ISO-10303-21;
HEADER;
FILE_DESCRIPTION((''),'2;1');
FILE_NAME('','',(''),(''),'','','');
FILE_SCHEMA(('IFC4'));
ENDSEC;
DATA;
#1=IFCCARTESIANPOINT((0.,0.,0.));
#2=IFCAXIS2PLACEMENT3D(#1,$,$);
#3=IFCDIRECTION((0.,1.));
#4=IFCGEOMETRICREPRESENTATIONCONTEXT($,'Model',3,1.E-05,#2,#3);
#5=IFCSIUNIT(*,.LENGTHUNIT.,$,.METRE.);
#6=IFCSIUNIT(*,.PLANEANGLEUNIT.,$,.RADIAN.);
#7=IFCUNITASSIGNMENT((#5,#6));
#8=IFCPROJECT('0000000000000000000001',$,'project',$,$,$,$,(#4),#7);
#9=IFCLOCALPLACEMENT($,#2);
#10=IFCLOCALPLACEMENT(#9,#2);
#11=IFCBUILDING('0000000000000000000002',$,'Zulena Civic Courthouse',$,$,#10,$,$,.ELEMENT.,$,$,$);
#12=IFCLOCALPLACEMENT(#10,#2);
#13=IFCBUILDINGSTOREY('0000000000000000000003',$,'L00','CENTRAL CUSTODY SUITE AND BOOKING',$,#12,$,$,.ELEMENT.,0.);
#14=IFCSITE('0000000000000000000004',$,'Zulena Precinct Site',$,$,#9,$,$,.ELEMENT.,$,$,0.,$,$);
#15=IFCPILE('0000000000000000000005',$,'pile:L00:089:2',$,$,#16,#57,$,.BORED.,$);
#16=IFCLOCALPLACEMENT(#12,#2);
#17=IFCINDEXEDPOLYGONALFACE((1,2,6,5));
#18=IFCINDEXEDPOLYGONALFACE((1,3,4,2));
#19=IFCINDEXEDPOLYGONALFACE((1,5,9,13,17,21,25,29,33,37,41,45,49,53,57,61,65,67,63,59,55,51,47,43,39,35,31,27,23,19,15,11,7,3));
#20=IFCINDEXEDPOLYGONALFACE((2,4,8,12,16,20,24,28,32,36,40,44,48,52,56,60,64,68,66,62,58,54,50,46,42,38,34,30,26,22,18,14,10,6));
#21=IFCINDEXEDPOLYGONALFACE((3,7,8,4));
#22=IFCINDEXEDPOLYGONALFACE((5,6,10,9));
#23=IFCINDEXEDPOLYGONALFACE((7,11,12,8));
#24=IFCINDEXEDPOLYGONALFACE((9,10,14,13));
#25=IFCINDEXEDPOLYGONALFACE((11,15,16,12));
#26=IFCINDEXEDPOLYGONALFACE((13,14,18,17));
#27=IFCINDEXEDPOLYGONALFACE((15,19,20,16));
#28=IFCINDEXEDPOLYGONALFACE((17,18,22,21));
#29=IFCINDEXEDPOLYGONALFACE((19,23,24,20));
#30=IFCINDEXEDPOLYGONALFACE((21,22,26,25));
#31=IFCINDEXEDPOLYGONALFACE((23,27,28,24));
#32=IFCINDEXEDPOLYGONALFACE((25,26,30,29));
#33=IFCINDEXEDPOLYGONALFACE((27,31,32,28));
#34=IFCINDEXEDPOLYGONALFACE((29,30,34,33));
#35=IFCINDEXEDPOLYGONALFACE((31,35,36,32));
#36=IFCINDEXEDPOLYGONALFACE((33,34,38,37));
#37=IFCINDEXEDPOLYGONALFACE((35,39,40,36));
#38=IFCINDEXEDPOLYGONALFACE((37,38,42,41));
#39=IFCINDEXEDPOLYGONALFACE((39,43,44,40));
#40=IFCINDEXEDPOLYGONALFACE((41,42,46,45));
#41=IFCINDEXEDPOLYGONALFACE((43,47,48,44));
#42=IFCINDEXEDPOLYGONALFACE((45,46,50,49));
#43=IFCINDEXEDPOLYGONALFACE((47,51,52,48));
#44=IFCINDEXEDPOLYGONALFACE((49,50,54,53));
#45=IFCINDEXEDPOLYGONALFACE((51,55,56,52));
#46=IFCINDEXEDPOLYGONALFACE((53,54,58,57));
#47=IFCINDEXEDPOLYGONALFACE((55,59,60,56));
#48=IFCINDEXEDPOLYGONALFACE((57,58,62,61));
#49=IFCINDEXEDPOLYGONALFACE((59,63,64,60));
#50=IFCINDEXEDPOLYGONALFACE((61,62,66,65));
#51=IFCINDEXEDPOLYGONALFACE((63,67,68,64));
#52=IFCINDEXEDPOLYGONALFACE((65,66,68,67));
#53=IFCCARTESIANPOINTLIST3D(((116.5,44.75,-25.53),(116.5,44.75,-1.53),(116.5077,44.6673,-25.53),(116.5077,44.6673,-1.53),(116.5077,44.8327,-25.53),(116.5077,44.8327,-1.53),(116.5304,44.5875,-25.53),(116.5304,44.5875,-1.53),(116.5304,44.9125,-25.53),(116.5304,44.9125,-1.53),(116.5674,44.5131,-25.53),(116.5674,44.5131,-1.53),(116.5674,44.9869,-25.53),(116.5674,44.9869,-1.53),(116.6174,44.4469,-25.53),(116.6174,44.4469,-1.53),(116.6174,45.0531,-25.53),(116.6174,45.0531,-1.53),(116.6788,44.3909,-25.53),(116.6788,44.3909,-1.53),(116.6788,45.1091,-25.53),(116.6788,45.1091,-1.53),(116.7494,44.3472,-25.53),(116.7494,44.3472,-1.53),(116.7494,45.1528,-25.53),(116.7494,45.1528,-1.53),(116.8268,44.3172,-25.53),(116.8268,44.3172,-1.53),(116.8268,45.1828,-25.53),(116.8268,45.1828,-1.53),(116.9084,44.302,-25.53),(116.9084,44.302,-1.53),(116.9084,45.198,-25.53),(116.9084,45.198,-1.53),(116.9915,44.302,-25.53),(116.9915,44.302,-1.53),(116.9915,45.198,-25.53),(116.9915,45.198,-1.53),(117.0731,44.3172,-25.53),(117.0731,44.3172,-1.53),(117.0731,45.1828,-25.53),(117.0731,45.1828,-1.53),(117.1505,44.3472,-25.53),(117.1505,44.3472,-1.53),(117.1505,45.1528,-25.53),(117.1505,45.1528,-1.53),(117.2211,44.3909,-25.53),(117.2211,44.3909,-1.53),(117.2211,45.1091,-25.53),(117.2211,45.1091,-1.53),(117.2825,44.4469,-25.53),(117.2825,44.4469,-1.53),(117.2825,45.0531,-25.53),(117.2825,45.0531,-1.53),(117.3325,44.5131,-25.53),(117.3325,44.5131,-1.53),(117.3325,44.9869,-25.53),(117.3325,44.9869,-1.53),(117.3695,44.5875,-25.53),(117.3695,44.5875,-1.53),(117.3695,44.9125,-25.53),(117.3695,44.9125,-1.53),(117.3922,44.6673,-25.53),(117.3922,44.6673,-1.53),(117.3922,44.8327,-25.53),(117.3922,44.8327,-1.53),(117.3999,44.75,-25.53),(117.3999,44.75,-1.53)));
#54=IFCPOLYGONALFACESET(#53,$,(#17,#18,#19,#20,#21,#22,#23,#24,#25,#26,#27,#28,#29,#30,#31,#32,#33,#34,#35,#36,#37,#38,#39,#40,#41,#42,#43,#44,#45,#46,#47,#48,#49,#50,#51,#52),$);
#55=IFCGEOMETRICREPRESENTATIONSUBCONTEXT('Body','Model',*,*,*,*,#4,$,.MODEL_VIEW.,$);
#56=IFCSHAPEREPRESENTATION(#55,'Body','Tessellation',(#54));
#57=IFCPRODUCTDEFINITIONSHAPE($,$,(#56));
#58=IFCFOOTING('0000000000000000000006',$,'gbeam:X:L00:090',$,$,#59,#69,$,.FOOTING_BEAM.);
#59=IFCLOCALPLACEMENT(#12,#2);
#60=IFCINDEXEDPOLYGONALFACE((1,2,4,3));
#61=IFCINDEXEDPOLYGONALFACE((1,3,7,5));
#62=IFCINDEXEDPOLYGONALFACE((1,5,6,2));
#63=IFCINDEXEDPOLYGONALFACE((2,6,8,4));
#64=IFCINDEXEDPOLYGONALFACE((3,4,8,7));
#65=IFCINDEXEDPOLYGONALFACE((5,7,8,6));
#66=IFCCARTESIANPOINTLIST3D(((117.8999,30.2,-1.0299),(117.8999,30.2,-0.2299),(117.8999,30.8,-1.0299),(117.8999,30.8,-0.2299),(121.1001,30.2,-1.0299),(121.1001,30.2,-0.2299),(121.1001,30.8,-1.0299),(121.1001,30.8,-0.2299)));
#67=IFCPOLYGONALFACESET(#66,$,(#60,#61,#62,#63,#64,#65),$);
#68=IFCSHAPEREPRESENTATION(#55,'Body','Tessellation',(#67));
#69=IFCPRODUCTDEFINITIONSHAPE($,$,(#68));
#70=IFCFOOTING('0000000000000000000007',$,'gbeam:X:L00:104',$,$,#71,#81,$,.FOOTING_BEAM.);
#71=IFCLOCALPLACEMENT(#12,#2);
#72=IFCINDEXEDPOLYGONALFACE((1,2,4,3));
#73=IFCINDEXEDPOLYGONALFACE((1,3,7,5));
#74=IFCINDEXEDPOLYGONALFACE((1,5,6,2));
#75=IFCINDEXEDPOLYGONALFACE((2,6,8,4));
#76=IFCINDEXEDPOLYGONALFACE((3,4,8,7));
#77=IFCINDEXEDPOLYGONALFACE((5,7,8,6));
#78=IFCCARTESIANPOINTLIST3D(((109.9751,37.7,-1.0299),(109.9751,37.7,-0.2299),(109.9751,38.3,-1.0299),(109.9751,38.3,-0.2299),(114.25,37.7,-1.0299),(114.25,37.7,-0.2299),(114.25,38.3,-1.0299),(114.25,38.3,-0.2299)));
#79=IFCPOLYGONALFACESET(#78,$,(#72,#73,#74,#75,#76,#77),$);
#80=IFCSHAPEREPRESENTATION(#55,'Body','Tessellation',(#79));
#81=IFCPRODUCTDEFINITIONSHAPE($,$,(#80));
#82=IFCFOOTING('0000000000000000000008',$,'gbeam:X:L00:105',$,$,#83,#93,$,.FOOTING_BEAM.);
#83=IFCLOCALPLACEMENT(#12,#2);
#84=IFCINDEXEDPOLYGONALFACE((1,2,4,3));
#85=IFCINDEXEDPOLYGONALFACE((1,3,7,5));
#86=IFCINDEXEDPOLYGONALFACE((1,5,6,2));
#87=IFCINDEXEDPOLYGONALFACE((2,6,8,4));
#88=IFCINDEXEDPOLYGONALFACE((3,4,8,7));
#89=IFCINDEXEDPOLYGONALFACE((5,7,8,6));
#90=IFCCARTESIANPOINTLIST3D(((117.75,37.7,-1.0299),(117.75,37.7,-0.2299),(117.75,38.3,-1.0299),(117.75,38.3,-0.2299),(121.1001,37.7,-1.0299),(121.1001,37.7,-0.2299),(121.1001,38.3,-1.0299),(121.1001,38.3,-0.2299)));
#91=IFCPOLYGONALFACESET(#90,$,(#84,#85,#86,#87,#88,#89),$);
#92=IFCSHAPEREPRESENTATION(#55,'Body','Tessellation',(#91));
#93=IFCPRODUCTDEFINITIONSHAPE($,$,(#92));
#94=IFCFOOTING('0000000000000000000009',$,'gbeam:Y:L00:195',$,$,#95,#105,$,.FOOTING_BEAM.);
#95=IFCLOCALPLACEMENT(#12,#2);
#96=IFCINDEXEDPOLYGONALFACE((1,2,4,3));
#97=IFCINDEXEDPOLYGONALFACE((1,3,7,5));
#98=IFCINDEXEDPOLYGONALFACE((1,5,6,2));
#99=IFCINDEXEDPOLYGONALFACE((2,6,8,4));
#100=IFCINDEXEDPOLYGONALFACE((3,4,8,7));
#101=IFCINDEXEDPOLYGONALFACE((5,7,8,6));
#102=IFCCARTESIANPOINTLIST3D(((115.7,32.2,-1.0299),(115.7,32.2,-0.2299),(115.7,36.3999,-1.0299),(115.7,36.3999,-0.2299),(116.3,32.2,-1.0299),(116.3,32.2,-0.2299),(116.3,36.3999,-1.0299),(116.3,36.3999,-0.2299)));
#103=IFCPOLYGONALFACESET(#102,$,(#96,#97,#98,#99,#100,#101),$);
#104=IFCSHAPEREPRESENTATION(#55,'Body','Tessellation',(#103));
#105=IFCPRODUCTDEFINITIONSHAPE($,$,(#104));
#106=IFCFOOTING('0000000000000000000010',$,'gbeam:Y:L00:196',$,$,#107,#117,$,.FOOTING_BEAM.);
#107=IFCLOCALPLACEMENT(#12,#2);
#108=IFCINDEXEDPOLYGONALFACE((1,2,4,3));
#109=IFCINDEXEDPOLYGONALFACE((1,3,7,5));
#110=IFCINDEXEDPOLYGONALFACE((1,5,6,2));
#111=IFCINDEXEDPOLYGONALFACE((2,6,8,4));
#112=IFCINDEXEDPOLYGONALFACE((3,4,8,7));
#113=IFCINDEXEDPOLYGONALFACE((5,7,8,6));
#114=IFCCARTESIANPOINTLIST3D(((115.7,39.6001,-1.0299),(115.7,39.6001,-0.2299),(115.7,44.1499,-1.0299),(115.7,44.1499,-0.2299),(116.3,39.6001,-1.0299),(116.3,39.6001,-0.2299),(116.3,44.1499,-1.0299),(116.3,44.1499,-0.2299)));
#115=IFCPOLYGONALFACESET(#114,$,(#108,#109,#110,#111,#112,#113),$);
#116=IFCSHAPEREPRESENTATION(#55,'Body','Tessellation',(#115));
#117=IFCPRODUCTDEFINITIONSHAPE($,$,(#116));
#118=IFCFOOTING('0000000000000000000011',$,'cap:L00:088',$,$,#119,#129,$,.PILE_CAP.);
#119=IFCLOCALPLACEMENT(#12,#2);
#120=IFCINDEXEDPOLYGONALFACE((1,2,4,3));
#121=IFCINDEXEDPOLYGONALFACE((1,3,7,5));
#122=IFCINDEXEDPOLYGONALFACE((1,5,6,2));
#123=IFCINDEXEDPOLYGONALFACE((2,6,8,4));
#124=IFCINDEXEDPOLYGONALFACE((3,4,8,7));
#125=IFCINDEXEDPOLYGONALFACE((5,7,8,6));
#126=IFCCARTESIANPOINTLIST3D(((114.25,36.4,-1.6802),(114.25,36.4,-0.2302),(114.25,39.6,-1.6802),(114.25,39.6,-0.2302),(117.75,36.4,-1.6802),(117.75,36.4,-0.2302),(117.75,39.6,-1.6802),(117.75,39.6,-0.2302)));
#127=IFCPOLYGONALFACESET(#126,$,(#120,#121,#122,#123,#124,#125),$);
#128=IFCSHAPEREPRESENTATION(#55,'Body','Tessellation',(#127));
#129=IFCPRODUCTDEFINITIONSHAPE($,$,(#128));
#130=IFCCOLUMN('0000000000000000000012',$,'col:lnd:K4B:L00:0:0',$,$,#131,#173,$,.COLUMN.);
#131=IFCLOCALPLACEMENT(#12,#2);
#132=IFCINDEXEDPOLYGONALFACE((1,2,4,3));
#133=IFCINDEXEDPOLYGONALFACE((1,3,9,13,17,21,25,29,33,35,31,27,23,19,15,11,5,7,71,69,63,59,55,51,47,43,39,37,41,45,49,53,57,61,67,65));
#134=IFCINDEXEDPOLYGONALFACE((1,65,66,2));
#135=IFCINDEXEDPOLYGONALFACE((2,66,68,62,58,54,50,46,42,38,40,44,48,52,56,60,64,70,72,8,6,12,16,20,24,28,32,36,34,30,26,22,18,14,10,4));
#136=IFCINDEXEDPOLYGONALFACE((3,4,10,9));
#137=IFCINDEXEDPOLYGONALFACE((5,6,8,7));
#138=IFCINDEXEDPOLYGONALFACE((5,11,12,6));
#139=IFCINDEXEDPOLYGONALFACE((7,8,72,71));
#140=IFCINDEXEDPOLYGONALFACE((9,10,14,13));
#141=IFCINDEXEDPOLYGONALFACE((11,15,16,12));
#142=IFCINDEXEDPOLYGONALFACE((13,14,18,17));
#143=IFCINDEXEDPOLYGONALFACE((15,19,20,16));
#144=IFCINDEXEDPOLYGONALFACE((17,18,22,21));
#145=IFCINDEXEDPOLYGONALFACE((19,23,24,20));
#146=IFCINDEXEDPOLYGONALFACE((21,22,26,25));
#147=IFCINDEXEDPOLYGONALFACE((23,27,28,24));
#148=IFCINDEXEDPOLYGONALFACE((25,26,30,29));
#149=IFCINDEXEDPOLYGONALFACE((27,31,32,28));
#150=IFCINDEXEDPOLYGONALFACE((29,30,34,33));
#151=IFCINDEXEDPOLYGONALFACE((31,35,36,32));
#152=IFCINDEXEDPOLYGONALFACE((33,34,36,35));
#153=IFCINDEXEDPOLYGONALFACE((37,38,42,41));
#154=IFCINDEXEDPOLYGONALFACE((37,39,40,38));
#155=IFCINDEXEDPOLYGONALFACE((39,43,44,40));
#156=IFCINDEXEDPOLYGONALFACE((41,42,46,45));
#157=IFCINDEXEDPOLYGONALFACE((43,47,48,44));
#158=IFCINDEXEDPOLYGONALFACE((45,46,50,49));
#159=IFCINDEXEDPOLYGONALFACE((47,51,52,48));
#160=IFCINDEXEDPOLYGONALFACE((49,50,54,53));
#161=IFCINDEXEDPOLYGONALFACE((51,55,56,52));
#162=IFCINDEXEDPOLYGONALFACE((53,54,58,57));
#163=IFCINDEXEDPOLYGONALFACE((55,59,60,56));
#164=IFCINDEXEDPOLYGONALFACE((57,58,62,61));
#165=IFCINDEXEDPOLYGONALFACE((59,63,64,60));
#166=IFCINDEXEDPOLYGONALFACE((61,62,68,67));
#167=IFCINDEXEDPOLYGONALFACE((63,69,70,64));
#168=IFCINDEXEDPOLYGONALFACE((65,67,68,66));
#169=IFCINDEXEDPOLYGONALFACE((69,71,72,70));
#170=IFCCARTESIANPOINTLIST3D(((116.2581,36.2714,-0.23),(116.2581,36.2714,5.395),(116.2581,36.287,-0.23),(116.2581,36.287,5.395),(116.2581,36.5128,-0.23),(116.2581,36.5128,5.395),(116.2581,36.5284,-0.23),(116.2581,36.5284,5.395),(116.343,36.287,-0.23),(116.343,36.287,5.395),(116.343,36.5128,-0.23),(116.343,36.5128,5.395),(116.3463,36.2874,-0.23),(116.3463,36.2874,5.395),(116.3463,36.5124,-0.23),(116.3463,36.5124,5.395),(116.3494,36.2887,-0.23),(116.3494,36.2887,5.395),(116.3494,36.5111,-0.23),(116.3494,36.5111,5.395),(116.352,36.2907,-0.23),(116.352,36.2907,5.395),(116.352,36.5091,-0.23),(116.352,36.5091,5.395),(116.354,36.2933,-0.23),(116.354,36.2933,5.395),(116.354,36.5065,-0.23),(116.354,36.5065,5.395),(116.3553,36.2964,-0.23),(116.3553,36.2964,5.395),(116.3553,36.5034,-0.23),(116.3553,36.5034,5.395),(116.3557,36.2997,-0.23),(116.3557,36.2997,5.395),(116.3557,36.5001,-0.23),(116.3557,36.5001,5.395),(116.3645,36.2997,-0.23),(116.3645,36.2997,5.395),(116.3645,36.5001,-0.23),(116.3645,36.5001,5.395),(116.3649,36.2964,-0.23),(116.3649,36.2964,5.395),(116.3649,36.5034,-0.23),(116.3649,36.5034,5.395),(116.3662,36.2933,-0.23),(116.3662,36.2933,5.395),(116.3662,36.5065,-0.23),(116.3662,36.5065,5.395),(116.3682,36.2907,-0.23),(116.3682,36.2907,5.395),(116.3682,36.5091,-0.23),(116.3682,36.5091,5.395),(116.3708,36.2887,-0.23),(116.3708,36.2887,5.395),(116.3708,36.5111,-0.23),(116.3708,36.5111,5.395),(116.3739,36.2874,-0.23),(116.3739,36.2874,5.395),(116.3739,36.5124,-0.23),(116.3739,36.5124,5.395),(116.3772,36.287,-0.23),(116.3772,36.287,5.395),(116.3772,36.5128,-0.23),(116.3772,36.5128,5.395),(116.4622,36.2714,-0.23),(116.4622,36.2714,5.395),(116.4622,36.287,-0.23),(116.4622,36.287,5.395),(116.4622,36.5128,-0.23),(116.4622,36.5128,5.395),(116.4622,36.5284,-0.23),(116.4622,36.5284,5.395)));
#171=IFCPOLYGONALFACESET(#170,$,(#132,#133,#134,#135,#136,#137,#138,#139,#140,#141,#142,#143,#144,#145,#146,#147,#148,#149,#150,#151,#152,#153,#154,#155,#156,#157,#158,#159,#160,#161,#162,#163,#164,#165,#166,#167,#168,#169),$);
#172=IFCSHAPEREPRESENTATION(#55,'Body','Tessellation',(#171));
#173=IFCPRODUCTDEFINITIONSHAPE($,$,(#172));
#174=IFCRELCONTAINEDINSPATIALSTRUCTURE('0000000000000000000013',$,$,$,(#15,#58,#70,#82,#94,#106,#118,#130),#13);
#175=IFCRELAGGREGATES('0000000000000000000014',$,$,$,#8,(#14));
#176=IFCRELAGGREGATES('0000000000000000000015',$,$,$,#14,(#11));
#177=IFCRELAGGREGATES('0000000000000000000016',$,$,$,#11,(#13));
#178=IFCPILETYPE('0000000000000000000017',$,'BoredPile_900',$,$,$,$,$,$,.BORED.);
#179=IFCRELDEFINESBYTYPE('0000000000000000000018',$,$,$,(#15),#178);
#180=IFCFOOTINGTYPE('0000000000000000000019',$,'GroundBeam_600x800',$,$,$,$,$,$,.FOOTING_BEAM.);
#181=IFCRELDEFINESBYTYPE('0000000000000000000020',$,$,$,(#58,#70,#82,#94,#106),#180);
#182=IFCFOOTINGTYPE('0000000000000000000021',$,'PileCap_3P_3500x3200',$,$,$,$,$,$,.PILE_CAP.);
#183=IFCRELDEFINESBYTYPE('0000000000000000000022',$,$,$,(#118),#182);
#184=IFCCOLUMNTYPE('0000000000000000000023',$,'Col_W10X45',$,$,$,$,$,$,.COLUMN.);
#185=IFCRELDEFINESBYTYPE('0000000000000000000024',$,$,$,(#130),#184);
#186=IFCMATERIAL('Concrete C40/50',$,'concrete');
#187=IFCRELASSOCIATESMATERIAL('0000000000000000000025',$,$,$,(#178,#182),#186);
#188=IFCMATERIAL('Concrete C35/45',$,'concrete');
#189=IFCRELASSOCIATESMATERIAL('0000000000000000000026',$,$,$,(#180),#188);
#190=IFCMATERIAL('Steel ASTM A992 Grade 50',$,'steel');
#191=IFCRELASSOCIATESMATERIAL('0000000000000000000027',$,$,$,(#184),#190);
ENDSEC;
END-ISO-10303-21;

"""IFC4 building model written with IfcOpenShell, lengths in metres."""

from ifc_helpers import new_model, si_unit, direction, frame, origin, origin_2d, place, context, subcontext, project, spatial, rectangle, circle, i_section, extrude, material, material_profile, profile_set, type_object, element, save


model = new_model("IFC4")

# Units and contexts
model_context = context("Model", 3, precision=1e-05, world=origin(), true_north=direction((0.0, 1.0)))
body_context = subcontext(model_context, "Body", "Model", "MODEL_VIEW")
ifc_project = project(units=[si_unit("LENGTHUNIT", "METRE"), si_unit("PLANEANGLEUNIT", "RADIAN")], contexts=[model_context])

# Site, building, storey
site_placement = place(None, origin())
site = spatial("IfcSite", under=ifc_project, at=site_placement, Name="Zulena Precinct Site", CompositionType="ELEMENT", RefElevation=0.0)
building_placement = place(site_placement, origin())
building = spatial("IfcBuilding", under=site, at=building_placement, Name="Zulena Civic Courthouse", CompositionType="ELEMENT")
storey_placement = place(building_placement, origin())
storey = spatial("IfcBuildingStorey", under=building, at=storey_placement, Name="L00", Description="CENTRAL CUSTODY SUITE AND BOOKING", CompositionType="ELEMENT", Elevation=0.0)

# Pile
ifc_material_1 = material(Name="Concrete C40/50", Category="concrete")
ifc_material_profile_1 = material_profile(ifc_material_1, circle(Radius=0.45, at=origin_2d()), Name="PILE900")
ifc_profile_set_1 = profile_set([ifc_material_profile_1], Name="Concrete C40/50")
pile_type_1 = type_object("IfcPileType", Name="BoredPile_900", PredefinedType="BORED", material=ifc_profile_set_1)
for number, where, z_axis, x_axis, name in (
    (1, (116.95, 44.75, -1.53), (0.0, 0.0, -1.0), (1.0, 0.0, 0.0), "pile:L00:089:2"),
):
    element("IfcPile", number, at=place(storey_placement, frame(where, z_axis=z_axis, x_axis=x_axis)), inside=storey, type_object=pile_type_1, Name=name, PredefinedType="BORED", context=body_context, shape_type="SweptSolid", body=[
        extrude(circle(Radius=0.45, at=origin_2d()), origin(), (0.0, 0.0, 1.0), 24.0),
    ])

# Footings
ifc_material_2 = material(Name="Concrete C35/45", Category="concrete")
ifc_material_profile_2 = material_profile(ifc_material_2, rectangle(XDim=0.6001, YDim=0.8, at=origin_2d()), Name="RC600X800")
ifc_profile_set_2 = profile_set([ifc_material_profile_2], Name="Concrete C35/45")
footing_type_1 = type_object("IfcFootingType", Name="GroundBeam_600x800", PredefinedType="FOOTING_BEAM", material=ifc_profile_set_2)
footing_1_placement = place(storey_placement, frame((117.8999, 30.5, -0.6299), z_axis=(1.0, 0.0, 0.0), x_axis=(0.0, 1.0, 0.0)))
element("IfcFooting", 2, at=footing_1_placement, inside=storey, type_object=footing_type_1, Name="gbeam:X:L00:090", PredefinedType="FOOTING_BEAM", context=body_context, shape_type="SweptSolid", body=[
    extrude(rectangle(XDim=0.6001, YDim=0.8, at=origin_2d()), origin(), (0.0, 0.0, 1.0), 3.2002),
])
footing_2_placement = place(storey_placement, frame((109.9751, 38.0, -0.6299), z_axis=(1.0, 0.0, 0.0), x_axis=(0.0, 1.0, 0.0)))
element("IfcFooting", 3, at=footing_2_placement, inside=storey, type_object=footing_type_1, Name="gbeam:X:L00:104", PredefinedType="FOOTING_BEAM", context=body_context, shape_type="SweptSolid", body=[
    extrude(rectangle(XDim=0.6001, YDim=0.8, at=origin_2d()), origin(), (0.0, 0.0, 1.0), 4.2749),
])
footing_3_placement = place(storey_placement, frame((117.75, 38.0, -0.6299), z_axis=(1.0, 0.0, 0.0), x_axis=(0.0, 1.0, 0.0)))
element("IfcFooting", 4, at=footing_3_placement, inside=storey, type_object=footing_type_1, Name="gbeam:X:L00:105", PredefinedType="FOOTING_BEAM", context=body_context, shape_type="SweptSolid", body=[
    extrude(rectangle(XDim=0.6001, YDim=0.8, at=origin_2d()), origin(), (0.0, 0.0, 1.0), 3.3501),
])
footing_4_placement = place(storey_placement, frame((116.0, 32.2, -0.6299), z_axis=(0.0, 1.0, 0.0), x_axis=(-1.0, 0.0, 0.0)))
element("IfcFooting", 5, at=footing_4_placement, inside=storey, type_object=footing_type_1, Name="gbeam:Y:L00:195", PredefinedType="FOOTING_BEAM", context=body_context, shape_type="SweptSolid", body=[
    extrude(rectangle(XDim=0.6001, YDim=0.8, at=origin_2d()), origin(), (0.0, 0.0, 1.0), 4.2),
])
footing_5_placement = place(storey_placement, frame((116.0, 39.6001, -0.6299), z_axis=(0.0, 1.0, 0.0), x_axis=(-1.0, 0.0, 0.0)))
element("IfcFooting", 6, at=footing_5_placement, inside=storey, type_object=footing_type_1, Name="gbeam:Y:L00:196", PredefinedType="FOOTING_BEAM", context=body_context, shape_type="SweptSolid", body=[
    extrude(rectangle(XDim=0.6001, YDim=0.8, at=origin_2d()), origin(), (0.0, 0.0, 1.0), 4.5498),
])
footing_type_2 = type_object("IfcFootingType", Name="PileCap_3P_3500x3200", PredefinedType="PILE_CAP", material=ifc_material_1)
footing_6_placement = place(storey_placement, frame((116.0, 38.0, -1.6802), z_axis=(0.0, 0.0, 1.0), x_axis=(1.0, 0.0, 0.0)))
element("IfcFooting", 7, at=footing_6_placement, inside=storey, type_object=footing_type_2, Name="cap:L00:088", PredefinedType="PILE_CAP", context=body_context, shape_type="SweptSolid", body=[
    extrude(rectangle(XDim=3.5, YDim=3.2, at=origin_2d()), origin(), (0.0, 0.0, 1.0), 1.45),
])

# Column
ifc_material_3 = material(Name="Steel ASTM A992 Grade 50", Category="steel")
ifc_material_profile_3 = material_profile(ifc_material_3, i_section(OverallWidth=0.2041, OverallDepth=0.2571, WebThickness=0.0088, FlangeThickness=0.0156, FilletRadius=0.0127, at=origin_2d()), Name="W10X45")
ifc_profile_set_3 = profile_set([ifc_material_profile_3], Name="Steel ASTM A992 Grade 50")
column_type_1 = type_object("IfcColumnType", Name="Col_W10X45", PredefinedType="COLUMN", material=ifc_profile_set_3)
for number, where, z_axis, x_axis, name in (
    (8, (116.3601, 36.3999, -0.23), (0.0, 0.0, 1.0), (1.0, 0.0, 0.0), "col:lnd:K4B:L00:0:0"),
):
    element("IfcColumn", number, at=place(storey_placement, frame(where, z_axis=z_axis, x_axis=x_axis)), inside=storey, type_object=column_type_1, Name=name, PredefinedType="COLUMN", context=body_context, shape_type="SweptSolid", body=[
        extrude(i_section(OverallWidth=0.2041, OverallDepth=0.2571, WebThickness=0.0088, FlangeThickness=0.0156, FilletRadius=0.0127, at=origin_2d()), origin(), (0.0, 0.0, 1.0), 5.625),
    ])

save(model, "model.ifc")
